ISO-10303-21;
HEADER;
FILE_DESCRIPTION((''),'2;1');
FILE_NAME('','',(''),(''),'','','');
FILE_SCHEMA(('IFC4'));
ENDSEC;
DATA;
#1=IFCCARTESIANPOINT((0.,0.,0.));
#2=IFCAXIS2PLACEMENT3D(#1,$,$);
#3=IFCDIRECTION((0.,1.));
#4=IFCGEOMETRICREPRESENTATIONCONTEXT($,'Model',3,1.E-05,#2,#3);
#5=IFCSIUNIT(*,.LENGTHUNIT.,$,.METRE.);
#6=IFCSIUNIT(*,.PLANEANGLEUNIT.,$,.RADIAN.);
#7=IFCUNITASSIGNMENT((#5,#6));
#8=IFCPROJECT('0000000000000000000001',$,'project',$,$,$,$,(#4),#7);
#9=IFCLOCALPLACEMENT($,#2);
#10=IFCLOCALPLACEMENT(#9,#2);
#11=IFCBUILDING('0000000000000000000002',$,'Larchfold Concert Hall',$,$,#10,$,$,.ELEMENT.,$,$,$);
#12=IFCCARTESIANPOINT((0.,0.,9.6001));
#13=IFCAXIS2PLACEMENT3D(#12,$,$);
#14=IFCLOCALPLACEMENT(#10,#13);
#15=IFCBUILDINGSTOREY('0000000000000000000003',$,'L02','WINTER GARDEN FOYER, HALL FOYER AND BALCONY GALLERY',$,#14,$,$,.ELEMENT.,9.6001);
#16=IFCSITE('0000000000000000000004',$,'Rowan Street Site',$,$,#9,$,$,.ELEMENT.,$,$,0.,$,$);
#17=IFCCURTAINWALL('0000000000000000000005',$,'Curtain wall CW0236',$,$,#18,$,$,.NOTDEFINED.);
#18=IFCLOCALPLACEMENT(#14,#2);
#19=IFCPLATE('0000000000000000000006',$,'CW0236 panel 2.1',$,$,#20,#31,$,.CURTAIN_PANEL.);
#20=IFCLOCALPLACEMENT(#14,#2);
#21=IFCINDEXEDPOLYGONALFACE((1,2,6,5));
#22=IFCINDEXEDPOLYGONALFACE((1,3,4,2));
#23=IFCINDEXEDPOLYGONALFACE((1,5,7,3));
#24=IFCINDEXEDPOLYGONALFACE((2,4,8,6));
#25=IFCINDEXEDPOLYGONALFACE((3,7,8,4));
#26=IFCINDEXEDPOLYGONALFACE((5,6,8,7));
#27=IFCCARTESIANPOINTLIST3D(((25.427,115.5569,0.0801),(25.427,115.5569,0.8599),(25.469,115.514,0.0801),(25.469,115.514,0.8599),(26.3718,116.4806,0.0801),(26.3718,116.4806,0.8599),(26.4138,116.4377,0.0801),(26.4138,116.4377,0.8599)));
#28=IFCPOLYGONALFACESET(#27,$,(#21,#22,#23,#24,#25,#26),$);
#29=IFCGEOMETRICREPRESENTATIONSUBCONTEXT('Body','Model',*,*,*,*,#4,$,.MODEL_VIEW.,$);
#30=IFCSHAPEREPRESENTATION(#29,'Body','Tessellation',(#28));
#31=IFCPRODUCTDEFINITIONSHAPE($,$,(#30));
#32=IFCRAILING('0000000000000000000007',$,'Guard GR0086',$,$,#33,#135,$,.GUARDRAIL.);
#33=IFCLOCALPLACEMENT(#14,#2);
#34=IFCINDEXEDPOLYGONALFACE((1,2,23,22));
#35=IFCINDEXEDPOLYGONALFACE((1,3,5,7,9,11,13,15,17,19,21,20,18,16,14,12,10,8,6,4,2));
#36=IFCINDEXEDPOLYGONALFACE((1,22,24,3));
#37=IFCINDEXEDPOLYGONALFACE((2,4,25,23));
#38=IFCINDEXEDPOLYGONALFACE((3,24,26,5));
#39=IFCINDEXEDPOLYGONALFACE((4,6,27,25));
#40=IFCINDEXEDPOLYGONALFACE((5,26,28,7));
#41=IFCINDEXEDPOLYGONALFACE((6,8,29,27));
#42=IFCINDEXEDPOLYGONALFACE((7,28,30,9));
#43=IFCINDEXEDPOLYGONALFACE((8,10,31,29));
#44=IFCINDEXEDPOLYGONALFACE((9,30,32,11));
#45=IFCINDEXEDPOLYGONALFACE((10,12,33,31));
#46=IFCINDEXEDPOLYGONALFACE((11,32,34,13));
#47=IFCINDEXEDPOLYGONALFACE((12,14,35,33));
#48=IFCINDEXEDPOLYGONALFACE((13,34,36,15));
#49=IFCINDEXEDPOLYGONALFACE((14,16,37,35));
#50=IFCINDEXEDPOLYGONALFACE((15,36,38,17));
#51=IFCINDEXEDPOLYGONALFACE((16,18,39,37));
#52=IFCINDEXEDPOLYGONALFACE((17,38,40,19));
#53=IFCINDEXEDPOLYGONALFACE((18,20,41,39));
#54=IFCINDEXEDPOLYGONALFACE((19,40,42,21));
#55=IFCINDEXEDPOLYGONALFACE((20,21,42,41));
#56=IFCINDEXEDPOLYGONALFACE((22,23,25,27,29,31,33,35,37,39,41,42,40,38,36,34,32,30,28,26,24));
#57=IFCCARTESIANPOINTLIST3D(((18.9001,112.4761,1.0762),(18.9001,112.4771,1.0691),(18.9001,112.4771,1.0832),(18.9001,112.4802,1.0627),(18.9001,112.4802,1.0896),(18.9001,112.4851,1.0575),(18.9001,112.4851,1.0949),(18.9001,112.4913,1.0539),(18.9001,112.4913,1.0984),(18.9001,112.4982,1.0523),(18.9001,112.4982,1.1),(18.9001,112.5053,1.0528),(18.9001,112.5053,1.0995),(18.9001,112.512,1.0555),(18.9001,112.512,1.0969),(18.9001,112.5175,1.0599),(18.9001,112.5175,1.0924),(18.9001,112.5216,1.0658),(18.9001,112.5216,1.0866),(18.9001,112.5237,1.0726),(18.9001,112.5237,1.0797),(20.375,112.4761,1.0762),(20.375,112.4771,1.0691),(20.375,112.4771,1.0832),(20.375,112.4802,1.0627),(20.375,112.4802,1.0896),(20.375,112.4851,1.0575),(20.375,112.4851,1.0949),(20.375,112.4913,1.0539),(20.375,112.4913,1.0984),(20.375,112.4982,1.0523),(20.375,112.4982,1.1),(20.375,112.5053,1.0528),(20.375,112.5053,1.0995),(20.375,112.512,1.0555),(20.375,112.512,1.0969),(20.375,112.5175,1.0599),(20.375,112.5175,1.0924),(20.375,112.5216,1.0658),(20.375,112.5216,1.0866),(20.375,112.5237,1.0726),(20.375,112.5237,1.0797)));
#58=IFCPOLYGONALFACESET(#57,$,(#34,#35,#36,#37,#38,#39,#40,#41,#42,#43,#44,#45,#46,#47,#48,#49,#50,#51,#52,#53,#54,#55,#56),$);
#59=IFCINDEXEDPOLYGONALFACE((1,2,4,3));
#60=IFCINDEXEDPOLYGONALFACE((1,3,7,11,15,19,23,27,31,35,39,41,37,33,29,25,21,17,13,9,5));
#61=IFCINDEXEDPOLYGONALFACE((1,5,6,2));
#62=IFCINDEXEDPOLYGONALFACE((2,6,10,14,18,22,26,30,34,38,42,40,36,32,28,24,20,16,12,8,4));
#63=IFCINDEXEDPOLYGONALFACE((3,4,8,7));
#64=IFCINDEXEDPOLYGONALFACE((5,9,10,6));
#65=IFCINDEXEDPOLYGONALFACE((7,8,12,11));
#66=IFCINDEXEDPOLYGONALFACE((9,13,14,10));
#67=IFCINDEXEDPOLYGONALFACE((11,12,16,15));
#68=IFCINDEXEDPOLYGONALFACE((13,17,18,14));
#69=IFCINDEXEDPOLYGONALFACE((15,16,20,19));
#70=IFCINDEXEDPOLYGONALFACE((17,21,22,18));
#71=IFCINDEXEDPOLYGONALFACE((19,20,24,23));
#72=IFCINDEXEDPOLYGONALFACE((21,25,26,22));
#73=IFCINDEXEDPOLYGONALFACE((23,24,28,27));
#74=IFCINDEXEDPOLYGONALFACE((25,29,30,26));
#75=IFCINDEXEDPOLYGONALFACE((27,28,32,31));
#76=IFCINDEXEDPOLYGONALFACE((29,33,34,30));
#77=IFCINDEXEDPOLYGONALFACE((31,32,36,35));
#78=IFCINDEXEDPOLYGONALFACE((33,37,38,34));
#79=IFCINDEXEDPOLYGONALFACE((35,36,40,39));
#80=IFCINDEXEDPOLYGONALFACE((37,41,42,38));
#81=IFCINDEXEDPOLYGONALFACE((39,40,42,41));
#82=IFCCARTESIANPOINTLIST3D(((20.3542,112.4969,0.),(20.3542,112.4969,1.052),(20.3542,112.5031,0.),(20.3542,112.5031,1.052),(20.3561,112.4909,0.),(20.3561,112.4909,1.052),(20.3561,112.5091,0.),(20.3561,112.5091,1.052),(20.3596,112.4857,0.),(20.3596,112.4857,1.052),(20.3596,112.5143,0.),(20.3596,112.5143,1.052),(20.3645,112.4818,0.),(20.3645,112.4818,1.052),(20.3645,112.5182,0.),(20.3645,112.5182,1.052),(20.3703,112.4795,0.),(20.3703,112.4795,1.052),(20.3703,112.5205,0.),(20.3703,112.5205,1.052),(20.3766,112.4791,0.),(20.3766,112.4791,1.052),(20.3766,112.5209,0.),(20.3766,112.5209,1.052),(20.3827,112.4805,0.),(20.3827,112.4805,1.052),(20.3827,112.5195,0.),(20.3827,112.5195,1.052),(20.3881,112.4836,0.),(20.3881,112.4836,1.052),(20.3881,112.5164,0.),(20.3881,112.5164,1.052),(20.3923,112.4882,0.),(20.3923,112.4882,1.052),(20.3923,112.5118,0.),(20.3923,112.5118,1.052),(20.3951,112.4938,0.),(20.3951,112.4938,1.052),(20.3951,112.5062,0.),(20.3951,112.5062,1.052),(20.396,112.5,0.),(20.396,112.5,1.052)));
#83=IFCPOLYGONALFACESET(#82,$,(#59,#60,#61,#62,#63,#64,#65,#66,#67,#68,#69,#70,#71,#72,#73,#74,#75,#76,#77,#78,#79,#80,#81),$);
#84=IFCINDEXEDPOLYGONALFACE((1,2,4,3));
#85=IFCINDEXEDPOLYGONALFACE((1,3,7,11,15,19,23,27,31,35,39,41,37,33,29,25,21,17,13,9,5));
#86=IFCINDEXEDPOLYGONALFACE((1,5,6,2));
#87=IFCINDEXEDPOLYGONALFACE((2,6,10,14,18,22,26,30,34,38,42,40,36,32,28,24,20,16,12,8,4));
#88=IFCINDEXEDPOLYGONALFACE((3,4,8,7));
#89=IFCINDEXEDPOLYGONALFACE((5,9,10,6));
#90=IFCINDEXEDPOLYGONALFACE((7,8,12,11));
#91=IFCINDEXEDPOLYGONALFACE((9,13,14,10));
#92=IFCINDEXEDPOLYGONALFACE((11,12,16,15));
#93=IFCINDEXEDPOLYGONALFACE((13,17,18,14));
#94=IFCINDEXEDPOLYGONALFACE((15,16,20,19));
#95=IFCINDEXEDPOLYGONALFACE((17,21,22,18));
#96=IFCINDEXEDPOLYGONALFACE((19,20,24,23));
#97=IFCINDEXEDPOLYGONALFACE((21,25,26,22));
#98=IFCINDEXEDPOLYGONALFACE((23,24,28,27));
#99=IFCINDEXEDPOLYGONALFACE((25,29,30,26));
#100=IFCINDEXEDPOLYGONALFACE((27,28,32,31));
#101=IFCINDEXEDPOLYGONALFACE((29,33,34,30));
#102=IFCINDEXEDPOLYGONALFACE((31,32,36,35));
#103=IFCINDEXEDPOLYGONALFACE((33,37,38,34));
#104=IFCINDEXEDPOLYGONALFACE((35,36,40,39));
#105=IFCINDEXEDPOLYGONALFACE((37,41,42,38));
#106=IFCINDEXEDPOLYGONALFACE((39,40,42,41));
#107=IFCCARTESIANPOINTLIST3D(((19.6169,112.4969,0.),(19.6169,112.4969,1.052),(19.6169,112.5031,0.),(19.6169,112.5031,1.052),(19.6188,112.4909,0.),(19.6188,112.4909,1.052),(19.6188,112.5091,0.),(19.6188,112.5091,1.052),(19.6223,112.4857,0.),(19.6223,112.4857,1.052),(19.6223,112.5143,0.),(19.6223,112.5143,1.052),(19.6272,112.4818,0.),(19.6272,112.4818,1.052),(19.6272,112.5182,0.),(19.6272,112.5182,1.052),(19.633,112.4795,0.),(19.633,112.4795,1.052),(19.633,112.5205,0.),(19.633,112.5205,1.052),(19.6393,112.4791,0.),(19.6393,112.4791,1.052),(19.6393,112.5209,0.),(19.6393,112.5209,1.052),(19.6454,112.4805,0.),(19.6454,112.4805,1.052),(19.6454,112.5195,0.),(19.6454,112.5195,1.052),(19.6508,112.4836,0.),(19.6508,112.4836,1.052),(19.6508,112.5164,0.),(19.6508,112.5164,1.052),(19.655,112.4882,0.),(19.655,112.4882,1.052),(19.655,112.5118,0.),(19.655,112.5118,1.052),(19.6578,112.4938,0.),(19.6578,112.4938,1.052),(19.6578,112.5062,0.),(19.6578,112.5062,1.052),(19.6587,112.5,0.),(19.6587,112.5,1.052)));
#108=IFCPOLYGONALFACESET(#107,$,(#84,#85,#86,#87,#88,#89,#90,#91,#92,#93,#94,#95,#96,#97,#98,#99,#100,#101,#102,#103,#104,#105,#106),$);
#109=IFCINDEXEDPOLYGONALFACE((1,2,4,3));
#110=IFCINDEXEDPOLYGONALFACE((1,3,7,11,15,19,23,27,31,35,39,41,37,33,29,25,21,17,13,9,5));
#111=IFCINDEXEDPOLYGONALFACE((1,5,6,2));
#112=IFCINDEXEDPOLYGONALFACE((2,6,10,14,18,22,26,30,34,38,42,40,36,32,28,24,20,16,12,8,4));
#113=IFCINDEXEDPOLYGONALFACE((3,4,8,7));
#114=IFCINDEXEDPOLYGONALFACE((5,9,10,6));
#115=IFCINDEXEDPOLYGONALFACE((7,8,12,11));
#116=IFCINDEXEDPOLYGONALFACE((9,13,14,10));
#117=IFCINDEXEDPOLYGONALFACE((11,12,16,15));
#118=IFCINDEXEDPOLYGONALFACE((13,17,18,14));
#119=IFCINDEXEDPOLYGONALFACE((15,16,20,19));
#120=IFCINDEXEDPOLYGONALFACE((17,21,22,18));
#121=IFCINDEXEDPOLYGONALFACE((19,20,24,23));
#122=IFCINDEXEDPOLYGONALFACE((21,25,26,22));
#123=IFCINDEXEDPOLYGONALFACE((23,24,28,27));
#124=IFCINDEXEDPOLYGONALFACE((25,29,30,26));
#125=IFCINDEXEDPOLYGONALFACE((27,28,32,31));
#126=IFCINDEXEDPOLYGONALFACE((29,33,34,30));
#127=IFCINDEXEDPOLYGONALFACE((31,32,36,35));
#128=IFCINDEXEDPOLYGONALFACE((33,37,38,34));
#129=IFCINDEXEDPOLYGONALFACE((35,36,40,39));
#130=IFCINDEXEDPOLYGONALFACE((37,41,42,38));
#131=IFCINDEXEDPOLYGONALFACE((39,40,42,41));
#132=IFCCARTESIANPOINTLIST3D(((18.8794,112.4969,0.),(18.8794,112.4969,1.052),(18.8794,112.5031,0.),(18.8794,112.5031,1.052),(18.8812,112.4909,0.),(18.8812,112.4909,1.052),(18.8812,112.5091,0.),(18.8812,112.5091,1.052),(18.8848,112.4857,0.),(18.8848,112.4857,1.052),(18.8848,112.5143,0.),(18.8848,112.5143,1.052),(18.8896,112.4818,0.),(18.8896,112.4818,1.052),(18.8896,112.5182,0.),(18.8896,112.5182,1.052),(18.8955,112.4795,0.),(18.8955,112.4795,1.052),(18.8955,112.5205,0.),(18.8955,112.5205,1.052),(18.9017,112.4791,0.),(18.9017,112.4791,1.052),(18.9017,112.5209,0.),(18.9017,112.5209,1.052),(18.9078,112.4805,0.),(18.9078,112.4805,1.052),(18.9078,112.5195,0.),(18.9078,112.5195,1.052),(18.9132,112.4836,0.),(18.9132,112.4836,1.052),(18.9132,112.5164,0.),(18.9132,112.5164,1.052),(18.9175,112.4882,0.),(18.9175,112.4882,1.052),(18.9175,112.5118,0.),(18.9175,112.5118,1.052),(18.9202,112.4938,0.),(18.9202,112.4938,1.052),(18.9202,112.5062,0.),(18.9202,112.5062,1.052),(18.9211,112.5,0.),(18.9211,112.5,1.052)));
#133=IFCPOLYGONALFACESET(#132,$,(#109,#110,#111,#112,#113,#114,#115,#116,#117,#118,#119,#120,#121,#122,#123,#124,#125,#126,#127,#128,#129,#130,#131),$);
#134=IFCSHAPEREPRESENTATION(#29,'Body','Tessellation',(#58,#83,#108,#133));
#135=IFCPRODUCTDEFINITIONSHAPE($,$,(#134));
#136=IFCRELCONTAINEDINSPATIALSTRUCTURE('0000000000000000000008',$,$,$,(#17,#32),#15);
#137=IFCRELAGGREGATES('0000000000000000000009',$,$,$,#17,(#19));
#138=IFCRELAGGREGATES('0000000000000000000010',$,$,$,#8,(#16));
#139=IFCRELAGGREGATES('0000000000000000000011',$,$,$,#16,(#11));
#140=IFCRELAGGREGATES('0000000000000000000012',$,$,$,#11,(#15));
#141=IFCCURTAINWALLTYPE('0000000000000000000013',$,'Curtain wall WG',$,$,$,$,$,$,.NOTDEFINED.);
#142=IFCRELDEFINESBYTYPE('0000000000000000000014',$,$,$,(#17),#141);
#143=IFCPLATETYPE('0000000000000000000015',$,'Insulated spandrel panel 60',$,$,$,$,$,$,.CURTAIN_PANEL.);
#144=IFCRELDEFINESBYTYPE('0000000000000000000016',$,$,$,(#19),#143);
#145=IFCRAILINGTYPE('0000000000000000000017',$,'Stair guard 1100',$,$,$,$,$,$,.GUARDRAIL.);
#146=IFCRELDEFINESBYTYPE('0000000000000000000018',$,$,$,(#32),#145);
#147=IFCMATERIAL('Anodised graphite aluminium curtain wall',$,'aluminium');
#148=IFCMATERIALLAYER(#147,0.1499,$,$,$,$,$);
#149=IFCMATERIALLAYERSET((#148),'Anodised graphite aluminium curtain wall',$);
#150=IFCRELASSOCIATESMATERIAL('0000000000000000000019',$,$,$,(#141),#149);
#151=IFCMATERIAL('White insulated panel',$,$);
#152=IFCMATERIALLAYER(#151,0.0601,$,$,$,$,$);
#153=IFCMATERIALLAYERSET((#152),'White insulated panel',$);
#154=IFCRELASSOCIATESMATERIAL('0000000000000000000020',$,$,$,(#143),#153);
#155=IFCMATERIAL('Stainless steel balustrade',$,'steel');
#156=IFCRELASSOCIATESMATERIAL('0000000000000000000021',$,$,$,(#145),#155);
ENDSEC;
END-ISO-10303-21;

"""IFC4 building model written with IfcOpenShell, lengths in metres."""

from ifc_helpers import new_model, si_unit, direction, frame, origin, origin_2d, place, context, subcontext, project, spatial, rectangle, circle, extrude, material, layer, layer_set, type_object, element, aggregate, save


model = new_model("IFC4")

# Units and contexts
model_context = context("Model", 3, precision=1e-05, world=origin(), true_north=direction((0.0, 1.0)))
body_context = subcontext(model_context, "Body", "Model", "MODEL_VIEW")
ifc_project = project(units=[si_unit("LENGTHUNIT", "METRE"), si_unit("PLANEANGLEUNIT", "RADIAN")], contexts=[model_context])

# Site, building, storey
site_placement = place(None, origin())
site = spatial("IfcSite", under=ifc_project, at=site_placement, Name="Rowan Street Site", CompositionType="ELEMENT", RefElevation=0.0)
building_placement = place(site_placement, origin())
building = spatial("IfcBuilding", under=site, at=building_placement, Name="Larchfold Concert Hall", CompositionType="ELEMENT")
storey_placement = place(building_placement, frame((0.0, 0.0, 9.6001)))
storey = spatial("IfcBuildingStorey", under=building, at=storey_placement, Name="L02", Description="WINTER GARDEN FOYER, HALL FOYER AND BALCONY GALLERY", CompositionType="ELEMENT", Elevation=9.6001)

# Curtain wall
ifc_material_1 = material(Name="Anodised graphite aluminium curtain wall", Category="aluminium")
ifc_layer_1 = layer(ifc_material_1, 0.1499)
ifc_layer_set_1 = layer_set([ifc_layer_1], Name="Anodised graphite aluminium curtain wall")
curtain_wall_type = type_object("IfcCurtainWallType", Name="Curtain wall WG", PredefinedType="NOTDEFINED", material=ifc_layer_set_1)
curtain_wall_1_placement = place(storey_placement, origin())
curtain_wall_1 = element("IfcCurtainWall", 1, at=curtain_wall_1_placement, inside=storey, type_object=curtain_wall_type, Name="Curtain wall CW0236", PredefinedType="NOTDEFINED")

# Plate
ifc_material_2 = material(Name="White insulated panel")
ifc_layer_2 = layer(ifc_material_2, 0.0601)
ifc_layer_set_2 = layer_set([ifc_layer_2], Name="White insulated panel")
plate_type_1 = type_object("IfcPlateType", Name="Insulated spandrel panel 60", PredefinedType="CURTAIN_PANEL", material=ifc_layer_set_2)
plate_1_placement = place(storey_placement, frame((25.9204, 115.9973, 0.0801), z_axis=(0.0, 0.0, 1.0), x_axis=(0.715019, 0.699105, 0.0)))
plate_1 = element("IfcPlate", 2, at=plate_1_placement, type_object=plate_type_1, Name="CW0236 panel 2.1", PredefinedType="CURTAIN_PANEL", context=body_context, shape_type="SweptSolid", body=[
    extrude(rectangle(XDim=1.3213, YDim=0.0601, at=origin_2d()), origin(), (0.0, 0.0, 1.0), 0.7798),
])
aggregate(curtain_wall_1, [plate_1])

# Railing
ifc_material_3 = material(Name="Stainless steel balustrade", Category="steel")
railing_type = type_object("IfcRailingType", Name="Stair guard 1100", PredefinedType="GUARDRAIL", material=ifc_material_3)
railing_placement = place(storey_placement, frame((20.375, 112.5, 0.0)))
element("IfcRailing", 3, at=railing_placement, inside=storey, type_object=railing_type, Name="Guard GR0086", PredefinedType="GUARDRAIL", context=body_context, shape_type="SweptSolid", body=[
    extrude(circle(Radius=0.0239, at=origin_2d()), frame((0.0, 0.0, 1.0762), z_axis=(-1.0, 0.0, 0.0), x_axis=(0.0, -1.0, 0.0)), (0.0, 0.0, 1.0), 1.4749),
    extrude(circle(Radius=0.021, at=origin_2d()), origin(), (0.0, 0.0, 1.0), 1.052),
    extrude(circle(Radius=0.021, at=origin_2d()), frame((-0.7373, 0.0, 0.0)), (0.0, 0.0, 1.0), 1.052),
    extrude(circle(Radius=0.021, at=origin_2d()), frame((-1.4749, 0.0, 0.0)), (0.0, 0.0, 1.0), 1.052),
])

save(model, "model.ifc")
